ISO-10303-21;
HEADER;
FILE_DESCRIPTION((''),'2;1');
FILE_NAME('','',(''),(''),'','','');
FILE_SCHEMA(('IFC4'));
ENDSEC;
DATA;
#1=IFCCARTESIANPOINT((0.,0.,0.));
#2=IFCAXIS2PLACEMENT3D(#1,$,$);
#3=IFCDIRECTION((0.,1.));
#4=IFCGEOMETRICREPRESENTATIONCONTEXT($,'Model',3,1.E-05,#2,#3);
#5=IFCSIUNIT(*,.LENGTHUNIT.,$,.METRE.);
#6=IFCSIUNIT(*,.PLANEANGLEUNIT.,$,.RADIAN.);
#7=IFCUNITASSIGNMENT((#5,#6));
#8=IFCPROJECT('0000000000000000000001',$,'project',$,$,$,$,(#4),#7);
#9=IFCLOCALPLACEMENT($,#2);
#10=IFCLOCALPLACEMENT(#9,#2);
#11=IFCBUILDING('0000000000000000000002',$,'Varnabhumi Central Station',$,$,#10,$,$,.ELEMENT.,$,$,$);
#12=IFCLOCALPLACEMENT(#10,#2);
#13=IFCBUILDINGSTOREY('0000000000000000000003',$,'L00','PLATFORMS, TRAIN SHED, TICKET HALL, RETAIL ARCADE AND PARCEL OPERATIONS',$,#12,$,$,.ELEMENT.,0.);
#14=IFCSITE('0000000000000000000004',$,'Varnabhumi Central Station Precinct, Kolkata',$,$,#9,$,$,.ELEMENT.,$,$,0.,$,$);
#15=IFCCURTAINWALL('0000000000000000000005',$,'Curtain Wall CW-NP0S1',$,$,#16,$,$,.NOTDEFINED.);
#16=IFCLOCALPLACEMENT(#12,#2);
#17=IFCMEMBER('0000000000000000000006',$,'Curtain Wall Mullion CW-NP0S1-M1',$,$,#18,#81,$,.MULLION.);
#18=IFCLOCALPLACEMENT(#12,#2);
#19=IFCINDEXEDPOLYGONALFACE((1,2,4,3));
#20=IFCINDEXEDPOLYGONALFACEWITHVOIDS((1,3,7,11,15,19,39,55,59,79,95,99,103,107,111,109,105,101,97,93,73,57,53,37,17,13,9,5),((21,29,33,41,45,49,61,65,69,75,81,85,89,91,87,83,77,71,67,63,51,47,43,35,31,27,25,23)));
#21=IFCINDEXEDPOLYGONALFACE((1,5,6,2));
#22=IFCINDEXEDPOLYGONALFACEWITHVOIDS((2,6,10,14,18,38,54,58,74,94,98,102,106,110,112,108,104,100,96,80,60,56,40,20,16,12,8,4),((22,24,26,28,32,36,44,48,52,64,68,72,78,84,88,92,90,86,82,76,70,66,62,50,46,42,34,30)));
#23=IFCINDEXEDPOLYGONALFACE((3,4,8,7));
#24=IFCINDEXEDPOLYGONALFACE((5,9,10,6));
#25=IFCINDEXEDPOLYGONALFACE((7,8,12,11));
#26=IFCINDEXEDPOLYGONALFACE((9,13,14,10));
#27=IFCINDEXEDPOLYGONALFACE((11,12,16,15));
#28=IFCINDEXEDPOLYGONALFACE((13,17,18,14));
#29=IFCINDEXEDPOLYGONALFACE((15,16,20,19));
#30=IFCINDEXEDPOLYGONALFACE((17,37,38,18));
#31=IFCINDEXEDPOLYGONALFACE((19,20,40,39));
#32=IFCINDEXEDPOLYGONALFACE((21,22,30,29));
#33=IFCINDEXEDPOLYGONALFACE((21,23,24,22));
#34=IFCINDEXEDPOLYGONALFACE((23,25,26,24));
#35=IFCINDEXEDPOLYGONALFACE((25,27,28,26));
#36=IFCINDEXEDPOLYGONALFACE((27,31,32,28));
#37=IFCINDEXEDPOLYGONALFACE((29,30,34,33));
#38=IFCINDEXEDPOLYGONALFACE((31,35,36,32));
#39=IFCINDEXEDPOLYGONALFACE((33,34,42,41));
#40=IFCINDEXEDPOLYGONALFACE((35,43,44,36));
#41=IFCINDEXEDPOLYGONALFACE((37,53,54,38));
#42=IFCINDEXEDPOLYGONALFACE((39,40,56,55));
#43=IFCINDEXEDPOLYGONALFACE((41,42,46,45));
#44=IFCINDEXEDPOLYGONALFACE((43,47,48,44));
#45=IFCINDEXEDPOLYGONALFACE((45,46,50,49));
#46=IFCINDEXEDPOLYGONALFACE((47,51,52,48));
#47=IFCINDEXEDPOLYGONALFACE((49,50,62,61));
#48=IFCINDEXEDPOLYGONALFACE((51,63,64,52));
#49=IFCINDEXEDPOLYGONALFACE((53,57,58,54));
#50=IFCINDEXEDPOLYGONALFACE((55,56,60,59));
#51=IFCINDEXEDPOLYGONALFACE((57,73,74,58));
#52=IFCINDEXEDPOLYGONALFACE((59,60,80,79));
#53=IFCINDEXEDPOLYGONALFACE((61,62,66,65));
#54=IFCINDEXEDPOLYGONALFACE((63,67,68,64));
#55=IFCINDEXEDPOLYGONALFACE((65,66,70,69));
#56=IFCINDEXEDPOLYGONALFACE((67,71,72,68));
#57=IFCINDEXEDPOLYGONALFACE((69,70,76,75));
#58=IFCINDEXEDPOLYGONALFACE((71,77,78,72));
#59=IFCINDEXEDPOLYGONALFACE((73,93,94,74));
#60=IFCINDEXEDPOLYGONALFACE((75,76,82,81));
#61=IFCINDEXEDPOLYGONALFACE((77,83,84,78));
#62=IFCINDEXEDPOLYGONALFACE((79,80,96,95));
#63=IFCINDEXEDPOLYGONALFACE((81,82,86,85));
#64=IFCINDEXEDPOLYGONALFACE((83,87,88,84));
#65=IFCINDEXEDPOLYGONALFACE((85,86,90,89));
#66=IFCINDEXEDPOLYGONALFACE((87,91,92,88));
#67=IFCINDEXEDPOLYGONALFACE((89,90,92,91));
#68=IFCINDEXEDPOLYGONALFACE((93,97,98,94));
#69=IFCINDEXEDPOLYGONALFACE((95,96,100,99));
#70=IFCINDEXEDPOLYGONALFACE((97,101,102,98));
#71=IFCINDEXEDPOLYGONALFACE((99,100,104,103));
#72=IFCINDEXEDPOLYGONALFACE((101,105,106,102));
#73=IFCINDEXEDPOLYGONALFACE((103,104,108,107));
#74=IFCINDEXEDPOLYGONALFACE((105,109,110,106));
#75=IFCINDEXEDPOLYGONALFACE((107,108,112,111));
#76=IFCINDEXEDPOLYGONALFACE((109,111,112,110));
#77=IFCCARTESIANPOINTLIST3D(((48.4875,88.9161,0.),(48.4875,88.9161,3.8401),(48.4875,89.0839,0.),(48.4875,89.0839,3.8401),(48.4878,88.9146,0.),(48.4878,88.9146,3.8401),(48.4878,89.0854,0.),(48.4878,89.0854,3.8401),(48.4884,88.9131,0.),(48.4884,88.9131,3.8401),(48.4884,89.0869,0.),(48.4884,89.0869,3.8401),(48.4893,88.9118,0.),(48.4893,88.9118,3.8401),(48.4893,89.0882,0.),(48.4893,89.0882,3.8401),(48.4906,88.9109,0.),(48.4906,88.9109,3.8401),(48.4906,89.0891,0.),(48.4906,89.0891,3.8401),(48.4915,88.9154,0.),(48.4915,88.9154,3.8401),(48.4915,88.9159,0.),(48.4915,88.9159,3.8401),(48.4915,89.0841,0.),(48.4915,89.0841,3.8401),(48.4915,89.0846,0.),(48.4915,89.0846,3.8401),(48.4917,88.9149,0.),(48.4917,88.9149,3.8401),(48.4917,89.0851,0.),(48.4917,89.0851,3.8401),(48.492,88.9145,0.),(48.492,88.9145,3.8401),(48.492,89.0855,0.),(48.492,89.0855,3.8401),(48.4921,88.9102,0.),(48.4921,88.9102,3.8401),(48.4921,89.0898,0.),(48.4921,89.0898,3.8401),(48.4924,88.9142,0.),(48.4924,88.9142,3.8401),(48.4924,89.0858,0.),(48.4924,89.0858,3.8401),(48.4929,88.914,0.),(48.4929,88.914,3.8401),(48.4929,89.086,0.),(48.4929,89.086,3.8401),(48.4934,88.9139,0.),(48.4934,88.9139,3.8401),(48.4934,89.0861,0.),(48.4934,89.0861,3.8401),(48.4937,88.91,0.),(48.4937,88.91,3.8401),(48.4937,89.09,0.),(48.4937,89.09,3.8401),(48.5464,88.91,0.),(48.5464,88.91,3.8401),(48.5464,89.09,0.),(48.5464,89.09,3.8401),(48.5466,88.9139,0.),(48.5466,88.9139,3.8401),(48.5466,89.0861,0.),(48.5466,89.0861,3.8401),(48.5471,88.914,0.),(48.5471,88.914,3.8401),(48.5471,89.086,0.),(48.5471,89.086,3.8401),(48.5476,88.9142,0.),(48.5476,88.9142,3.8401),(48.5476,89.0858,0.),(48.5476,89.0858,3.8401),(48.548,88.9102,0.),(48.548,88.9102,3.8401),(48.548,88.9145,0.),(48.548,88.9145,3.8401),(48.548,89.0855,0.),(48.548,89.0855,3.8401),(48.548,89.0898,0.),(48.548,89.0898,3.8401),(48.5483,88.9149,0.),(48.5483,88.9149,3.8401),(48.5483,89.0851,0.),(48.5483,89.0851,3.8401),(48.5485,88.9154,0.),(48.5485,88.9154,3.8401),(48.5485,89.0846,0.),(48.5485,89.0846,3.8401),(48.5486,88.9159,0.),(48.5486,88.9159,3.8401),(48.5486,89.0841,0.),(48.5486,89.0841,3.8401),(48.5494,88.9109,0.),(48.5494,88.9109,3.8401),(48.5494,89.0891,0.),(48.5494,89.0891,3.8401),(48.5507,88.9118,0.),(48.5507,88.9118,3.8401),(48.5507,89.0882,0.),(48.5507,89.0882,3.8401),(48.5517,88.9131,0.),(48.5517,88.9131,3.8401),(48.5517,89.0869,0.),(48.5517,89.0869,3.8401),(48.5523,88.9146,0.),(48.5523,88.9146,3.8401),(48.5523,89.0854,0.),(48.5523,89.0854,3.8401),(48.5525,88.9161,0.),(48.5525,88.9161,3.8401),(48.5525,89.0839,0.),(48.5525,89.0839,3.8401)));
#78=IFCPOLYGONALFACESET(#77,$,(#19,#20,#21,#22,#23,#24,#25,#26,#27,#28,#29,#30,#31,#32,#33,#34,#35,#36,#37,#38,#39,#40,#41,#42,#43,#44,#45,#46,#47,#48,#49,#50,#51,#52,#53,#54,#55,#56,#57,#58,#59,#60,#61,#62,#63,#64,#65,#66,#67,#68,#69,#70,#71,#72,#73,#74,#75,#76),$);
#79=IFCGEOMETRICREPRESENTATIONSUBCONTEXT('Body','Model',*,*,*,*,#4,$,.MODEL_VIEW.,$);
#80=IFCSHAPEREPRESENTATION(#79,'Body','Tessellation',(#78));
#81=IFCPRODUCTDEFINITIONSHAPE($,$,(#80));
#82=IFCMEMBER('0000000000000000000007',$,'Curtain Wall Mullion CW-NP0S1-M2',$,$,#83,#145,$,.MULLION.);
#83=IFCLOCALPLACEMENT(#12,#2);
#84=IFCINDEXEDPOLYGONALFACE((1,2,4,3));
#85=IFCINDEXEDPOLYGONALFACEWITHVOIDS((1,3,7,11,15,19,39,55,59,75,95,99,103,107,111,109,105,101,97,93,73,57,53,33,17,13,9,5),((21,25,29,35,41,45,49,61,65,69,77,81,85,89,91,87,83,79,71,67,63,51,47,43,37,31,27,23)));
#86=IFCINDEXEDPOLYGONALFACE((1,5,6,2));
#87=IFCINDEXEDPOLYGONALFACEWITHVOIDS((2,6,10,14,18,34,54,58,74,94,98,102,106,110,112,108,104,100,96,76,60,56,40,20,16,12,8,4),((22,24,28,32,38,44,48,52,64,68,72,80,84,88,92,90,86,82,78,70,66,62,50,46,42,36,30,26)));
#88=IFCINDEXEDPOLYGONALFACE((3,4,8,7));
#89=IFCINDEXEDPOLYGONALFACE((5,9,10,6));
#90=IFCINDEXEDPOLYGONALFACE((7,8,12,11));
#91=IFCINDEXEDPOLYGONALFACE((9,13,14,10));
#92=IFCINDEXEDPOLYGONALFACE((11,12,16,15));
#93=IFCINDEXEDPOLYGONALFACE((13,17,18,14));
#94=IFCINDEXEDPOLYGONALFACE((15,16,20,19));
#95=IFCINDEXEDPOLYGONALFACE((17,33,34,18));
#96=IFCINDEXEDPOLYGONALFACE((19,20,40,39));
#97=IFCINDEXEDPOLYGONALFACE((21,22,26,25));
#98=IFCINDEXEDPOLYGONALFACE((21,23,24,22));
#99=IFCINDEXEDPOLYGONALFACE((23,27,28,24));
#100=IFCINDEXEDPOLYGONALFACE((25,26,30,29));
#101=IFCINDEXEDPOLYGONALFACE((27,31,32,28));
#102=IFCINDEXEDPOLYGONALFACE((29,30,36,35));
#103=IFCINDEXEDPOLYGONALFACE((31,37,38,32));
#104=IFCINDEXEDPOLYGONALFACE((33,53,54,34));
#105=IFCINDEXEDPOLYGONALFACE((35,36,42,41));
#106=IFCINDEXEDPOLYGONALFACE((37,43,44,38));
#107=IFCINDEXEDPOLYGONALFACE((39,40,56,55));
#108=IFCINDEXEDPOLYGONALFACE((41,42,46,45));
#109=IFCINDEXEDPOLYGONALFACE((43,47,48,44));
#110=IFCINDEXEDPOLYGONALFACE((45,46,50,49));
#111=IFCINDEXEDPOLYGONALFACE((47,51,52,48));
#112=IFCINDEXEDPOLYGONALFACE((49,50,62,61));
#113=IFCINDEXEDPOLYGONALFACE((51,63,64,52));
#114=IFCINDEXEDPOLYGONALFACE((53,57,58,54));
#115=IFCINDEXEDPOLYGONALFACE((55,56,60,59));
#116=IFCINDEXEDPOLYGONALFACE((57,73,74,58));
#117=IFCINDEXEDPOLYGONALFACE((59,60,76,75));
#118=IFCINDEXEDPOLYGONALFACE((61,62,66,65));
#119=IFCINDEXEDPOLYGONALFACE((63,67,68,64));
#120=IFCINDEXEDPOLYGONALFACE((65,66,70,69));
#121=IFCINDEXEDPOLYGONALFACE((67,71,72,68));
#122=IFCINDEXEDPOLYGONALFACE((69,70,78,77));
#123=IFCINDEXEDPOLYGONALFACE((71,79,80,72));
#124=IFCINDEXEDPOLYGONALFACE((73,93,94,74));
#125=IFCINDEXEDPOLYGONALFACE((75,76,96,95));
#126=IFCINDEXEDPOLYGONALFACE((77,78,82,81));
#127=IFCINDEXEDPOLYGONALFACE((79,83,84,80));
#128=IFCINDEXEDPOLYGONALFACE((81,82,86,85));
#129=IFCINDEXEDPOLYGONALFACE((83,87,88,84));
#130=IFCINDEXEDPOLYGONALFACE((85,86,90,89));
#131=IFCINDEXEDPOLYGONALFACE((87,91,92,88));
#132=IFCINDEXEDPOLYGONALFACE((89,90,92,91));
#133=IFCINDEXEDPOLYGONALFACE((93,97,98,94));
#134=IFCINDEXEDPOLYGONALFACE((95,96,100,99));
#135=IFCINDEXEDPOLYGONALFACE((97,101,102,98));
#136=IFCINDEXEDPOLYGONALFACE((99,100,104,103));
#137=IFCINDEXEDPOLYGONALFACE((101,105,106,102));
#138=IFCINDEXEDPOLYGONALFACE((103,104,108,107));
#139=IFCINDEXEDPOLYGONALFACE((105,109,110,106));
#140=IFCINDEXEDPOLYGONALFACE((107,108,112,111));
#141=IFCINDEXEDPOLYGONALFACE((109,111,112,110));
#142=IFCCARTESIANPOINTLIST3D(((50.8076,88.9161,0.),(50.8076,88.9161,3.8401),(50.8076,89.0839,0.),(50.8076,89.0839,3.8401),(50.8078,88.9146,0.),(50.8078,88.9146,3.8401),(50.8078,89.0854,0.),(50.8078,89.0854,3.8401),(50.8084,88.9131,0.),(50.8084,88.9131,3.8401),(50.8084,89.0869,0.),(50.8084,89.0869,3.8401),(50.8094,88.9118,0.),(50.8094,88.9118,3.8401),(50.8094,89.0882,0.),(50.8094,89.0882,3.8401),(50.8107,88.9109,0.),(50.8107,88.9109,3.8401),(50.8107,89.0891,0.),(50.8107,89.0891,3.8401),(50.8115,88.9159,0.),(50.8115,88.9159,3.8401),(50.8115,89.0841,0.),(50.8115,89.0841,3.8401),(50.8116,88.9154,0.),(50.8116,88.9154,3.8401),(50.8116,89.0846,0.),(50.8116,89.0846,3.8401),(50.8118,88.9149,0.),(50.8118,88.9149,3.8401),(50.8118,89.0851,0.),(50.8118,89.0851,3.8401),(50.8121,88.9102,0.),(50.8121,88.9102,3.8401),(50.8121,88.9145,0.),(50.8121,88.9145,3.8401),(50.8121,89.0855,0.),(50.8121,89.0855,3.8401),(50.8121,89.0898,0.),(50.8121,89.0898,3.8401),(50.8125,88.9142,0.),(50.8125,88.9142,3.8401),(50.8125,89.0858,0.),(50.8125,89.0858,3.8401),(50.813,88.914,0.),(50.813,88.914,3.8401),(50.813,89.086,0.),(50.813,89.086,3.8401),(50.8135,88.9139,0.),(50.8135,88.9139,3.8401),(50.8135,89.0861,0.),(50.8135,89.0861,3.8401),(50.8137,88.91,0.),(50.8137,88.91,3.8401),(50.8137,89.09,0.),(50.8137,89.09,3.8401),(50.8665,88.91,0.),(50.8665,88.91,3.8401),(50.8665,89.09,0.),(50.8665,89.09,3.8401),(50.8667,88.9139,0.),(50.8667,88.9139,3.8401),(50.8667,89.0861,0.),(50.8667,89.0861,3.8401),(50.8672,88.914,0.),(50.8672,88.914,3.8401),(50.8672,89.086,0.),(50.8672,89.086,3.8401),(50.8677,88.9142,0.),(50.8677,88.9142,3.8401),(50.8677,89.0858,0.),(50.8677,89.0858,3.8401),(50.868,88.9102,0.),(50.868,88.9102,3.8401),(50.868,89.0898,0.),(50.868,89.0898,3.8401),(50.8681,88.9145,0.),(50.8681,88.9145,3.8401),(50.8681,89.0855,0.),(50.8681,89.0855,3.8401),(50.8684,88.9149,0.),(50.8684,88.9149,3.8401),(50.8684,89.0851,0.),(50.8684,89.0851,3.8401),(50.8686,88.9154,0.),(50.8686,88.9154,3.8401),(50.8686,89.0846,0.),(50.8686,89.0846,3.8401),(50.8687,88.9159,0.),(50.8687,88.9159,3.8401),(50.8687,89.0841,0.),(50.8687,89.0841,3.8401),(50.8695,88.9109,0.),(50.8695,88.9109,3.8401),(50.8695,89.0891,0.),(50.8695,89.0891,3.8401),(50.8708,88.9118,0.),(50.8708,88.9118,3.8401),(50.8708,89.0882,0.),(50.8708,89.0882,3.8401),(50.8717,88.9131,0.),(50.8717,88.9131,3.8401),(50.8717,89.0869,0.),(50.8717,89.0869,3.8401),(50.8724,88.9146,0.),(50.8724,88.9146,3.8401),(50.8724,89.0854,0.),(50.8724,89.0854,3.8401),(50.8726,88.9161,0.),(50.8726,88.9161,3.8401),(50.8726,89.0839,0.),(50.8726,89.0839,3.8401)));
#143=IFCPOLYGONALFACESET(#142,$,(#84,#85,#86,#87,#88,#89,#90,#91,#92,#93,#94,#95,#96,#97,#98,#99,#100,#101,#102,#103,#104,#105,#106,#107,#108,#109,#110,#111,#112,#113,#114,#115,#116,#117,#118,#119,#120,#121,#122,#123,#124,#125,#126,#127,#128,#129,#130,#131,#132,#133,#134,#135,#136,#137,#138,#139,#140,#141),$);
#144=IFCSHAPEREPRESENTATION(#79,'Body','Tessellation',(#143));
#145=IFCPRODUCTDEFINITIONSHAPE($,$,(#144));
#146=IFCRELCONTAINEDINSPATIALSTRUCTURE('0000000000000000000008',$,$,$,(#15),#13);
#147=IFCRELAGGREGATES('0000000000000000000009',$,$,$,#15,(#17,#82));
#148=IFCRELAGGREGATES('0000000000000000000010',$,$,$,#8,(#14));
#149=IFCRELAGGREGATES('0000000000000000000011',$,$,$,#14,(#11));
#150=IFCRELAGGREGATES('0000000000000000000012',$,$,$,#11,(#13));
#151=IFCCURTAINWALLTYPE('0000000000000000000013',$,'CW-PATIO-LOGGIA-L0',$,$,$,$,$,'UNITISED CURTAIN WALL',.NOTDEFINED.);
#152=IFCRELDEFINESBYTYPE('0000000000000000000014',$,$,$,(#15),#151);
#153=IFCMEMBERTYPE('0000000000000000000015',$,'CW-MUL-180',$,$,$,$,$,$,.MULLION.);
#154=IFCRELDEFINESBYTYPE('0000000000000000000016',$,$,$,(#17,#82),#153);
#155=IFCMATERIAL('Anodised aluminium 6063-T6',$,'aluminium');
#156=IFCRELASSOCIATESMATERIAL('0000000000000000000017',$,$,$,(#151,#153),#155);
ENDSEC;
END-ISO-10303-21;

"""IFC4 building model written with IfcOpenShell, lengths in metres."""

from ifc_helpers import new_model, si_unit, direction, frame, origin, origin_2d, place, context, subcontext, project, spatial, hollow_rectangle, extrude, material, material_profile, profile_set, type_object, element, aggregate, save


model = new_model("IFC4")

# Units and contexts
model_context = context("Model", 3, precision=1e-05, world=origin(), true_north=direction((0.0, 1.0)))
body_context = subcontext(model_context, "Body", "Model", "MODEL_VIEW")
ifc_project = project(units=[si_unit("LENGTHUNIT", "METRE"), si_unit("PLANEANGLEUNIT", "RADIAN")], contexts=[model_context])

# Site, building, storey
site_placement = place(None, origin())
site = spatial("IfcSite", under=ifc_project, at=site_placement, Name="Varnabhumi Central Station Precinct, Kolkata", CompositionType="ELEMENT", RefElevation=0.0)
building_placement = place(site_placement, origin())
building = spatial("IfcBuilding", under=site, at=building_placement, Name="Varnabhumi Central Station", CompositionType="ELEMENT")
storey_placement = place(building_placement, origin())
storey = spatial("IfcBuildingStorey", under=building, at=storey_placement, Name="L00", Description="PLATFORMS, TRAIN SHED, TICKET HALL, RETAIL ARCADE AND PARCEL OPERATIONS", CompositionType="ELEMENT", Elevation=0.0)

# Curtain wall, members
ifc_material_1 = material(Name="Anodised aluminium 6063-T6", Category="aluminium")
curtain_wall_type = type_object("IfcCurtainWallType", Name="CW-PATIO-LOGGIA-L0", ElementType="UNITISED CURTAIN WALL", PredefinedType="NOTDEFINED", material=ifc_material_1)
curtain_wall_placement = place(storey_placement, origin())
curtain_wall = element("IfcCurtainWall", 1, at=curtain_wall_placement, inside=storey, type_object=curtain_wall_type, Name="Curtain Wall CW-NP0S1", PredefinedType="NOTDEFINED")
ifc_material_profile_1 = material_profile(ifc_material_1, hollow_rectangle(XDim=0.0649, YDim=0.1799, WallThickness=0.0039, InnerFilletRadius=0.002, OuterFilletRadius=0.0061, at=origin_2d()), Name="Anodised aluminium 6063-T6", Category="aluminium")
ifc_profile_set_1 = profile_set([ifc_material_profile_1], Name="Anodised aluminium 6063-T6")
member_type_1 = type_object("IfcMemberType", Name="CW-MUL-180", PredefinedType="MULLION", material=ifc_profile_set_1)
member_1_placement = place(storey_placement, frame((48.52, 89.0, 0.0), z_axis=(0.0, 0.0, 1.0), x_axis=(1.0, 0.0, 0.0)))
member_1 = element("IfcMember", 2, at=member_1_placement, type_object=member_type_1, Name="Curtain Wall Mullion CW-NP0S1-M1", PredefinedType="MULLION", context=body_context, shape_type="SweptSolid", body=[
    extrude(hollow_rectangle(XDim=0.0649, YDim=0.1799, WallThickness=0.0039, InnerFilletRadius=0.002, OuterFilletRadius=0.0061, at=origin_2d()), origin(), (0.0, 0.0, 1.0), 3.8401),
])
member_2_placement = place(storey_placement, frame((50.8401, 89.0, 0.0), z_axis=(0.0, 0.0, 1.0), x_axis=(1.0, 0.0, 0.0)))
member_2 = element("IfcMember", 3, at=member_2_placement, type_object=member_type_1, Name="Curtain Wall Mullion CW-NP0S1-M2", PredefinedType="MULLION", context=body_context, shape_type="SweptSolid", body=[
    extrude(hollow_rectangle(XDim=0.0649, YDim=0.1799, WallThickness=0.0039, InnerFilletRadius=0.002, OuterFilletRadius=0.0061, at=origin_2d()), origin(), (0.0, 0.0, 1.0), 3.8401),
])
aggregate(curtain_wall, [member_1, member_2])

save(model, "model.ifc")
